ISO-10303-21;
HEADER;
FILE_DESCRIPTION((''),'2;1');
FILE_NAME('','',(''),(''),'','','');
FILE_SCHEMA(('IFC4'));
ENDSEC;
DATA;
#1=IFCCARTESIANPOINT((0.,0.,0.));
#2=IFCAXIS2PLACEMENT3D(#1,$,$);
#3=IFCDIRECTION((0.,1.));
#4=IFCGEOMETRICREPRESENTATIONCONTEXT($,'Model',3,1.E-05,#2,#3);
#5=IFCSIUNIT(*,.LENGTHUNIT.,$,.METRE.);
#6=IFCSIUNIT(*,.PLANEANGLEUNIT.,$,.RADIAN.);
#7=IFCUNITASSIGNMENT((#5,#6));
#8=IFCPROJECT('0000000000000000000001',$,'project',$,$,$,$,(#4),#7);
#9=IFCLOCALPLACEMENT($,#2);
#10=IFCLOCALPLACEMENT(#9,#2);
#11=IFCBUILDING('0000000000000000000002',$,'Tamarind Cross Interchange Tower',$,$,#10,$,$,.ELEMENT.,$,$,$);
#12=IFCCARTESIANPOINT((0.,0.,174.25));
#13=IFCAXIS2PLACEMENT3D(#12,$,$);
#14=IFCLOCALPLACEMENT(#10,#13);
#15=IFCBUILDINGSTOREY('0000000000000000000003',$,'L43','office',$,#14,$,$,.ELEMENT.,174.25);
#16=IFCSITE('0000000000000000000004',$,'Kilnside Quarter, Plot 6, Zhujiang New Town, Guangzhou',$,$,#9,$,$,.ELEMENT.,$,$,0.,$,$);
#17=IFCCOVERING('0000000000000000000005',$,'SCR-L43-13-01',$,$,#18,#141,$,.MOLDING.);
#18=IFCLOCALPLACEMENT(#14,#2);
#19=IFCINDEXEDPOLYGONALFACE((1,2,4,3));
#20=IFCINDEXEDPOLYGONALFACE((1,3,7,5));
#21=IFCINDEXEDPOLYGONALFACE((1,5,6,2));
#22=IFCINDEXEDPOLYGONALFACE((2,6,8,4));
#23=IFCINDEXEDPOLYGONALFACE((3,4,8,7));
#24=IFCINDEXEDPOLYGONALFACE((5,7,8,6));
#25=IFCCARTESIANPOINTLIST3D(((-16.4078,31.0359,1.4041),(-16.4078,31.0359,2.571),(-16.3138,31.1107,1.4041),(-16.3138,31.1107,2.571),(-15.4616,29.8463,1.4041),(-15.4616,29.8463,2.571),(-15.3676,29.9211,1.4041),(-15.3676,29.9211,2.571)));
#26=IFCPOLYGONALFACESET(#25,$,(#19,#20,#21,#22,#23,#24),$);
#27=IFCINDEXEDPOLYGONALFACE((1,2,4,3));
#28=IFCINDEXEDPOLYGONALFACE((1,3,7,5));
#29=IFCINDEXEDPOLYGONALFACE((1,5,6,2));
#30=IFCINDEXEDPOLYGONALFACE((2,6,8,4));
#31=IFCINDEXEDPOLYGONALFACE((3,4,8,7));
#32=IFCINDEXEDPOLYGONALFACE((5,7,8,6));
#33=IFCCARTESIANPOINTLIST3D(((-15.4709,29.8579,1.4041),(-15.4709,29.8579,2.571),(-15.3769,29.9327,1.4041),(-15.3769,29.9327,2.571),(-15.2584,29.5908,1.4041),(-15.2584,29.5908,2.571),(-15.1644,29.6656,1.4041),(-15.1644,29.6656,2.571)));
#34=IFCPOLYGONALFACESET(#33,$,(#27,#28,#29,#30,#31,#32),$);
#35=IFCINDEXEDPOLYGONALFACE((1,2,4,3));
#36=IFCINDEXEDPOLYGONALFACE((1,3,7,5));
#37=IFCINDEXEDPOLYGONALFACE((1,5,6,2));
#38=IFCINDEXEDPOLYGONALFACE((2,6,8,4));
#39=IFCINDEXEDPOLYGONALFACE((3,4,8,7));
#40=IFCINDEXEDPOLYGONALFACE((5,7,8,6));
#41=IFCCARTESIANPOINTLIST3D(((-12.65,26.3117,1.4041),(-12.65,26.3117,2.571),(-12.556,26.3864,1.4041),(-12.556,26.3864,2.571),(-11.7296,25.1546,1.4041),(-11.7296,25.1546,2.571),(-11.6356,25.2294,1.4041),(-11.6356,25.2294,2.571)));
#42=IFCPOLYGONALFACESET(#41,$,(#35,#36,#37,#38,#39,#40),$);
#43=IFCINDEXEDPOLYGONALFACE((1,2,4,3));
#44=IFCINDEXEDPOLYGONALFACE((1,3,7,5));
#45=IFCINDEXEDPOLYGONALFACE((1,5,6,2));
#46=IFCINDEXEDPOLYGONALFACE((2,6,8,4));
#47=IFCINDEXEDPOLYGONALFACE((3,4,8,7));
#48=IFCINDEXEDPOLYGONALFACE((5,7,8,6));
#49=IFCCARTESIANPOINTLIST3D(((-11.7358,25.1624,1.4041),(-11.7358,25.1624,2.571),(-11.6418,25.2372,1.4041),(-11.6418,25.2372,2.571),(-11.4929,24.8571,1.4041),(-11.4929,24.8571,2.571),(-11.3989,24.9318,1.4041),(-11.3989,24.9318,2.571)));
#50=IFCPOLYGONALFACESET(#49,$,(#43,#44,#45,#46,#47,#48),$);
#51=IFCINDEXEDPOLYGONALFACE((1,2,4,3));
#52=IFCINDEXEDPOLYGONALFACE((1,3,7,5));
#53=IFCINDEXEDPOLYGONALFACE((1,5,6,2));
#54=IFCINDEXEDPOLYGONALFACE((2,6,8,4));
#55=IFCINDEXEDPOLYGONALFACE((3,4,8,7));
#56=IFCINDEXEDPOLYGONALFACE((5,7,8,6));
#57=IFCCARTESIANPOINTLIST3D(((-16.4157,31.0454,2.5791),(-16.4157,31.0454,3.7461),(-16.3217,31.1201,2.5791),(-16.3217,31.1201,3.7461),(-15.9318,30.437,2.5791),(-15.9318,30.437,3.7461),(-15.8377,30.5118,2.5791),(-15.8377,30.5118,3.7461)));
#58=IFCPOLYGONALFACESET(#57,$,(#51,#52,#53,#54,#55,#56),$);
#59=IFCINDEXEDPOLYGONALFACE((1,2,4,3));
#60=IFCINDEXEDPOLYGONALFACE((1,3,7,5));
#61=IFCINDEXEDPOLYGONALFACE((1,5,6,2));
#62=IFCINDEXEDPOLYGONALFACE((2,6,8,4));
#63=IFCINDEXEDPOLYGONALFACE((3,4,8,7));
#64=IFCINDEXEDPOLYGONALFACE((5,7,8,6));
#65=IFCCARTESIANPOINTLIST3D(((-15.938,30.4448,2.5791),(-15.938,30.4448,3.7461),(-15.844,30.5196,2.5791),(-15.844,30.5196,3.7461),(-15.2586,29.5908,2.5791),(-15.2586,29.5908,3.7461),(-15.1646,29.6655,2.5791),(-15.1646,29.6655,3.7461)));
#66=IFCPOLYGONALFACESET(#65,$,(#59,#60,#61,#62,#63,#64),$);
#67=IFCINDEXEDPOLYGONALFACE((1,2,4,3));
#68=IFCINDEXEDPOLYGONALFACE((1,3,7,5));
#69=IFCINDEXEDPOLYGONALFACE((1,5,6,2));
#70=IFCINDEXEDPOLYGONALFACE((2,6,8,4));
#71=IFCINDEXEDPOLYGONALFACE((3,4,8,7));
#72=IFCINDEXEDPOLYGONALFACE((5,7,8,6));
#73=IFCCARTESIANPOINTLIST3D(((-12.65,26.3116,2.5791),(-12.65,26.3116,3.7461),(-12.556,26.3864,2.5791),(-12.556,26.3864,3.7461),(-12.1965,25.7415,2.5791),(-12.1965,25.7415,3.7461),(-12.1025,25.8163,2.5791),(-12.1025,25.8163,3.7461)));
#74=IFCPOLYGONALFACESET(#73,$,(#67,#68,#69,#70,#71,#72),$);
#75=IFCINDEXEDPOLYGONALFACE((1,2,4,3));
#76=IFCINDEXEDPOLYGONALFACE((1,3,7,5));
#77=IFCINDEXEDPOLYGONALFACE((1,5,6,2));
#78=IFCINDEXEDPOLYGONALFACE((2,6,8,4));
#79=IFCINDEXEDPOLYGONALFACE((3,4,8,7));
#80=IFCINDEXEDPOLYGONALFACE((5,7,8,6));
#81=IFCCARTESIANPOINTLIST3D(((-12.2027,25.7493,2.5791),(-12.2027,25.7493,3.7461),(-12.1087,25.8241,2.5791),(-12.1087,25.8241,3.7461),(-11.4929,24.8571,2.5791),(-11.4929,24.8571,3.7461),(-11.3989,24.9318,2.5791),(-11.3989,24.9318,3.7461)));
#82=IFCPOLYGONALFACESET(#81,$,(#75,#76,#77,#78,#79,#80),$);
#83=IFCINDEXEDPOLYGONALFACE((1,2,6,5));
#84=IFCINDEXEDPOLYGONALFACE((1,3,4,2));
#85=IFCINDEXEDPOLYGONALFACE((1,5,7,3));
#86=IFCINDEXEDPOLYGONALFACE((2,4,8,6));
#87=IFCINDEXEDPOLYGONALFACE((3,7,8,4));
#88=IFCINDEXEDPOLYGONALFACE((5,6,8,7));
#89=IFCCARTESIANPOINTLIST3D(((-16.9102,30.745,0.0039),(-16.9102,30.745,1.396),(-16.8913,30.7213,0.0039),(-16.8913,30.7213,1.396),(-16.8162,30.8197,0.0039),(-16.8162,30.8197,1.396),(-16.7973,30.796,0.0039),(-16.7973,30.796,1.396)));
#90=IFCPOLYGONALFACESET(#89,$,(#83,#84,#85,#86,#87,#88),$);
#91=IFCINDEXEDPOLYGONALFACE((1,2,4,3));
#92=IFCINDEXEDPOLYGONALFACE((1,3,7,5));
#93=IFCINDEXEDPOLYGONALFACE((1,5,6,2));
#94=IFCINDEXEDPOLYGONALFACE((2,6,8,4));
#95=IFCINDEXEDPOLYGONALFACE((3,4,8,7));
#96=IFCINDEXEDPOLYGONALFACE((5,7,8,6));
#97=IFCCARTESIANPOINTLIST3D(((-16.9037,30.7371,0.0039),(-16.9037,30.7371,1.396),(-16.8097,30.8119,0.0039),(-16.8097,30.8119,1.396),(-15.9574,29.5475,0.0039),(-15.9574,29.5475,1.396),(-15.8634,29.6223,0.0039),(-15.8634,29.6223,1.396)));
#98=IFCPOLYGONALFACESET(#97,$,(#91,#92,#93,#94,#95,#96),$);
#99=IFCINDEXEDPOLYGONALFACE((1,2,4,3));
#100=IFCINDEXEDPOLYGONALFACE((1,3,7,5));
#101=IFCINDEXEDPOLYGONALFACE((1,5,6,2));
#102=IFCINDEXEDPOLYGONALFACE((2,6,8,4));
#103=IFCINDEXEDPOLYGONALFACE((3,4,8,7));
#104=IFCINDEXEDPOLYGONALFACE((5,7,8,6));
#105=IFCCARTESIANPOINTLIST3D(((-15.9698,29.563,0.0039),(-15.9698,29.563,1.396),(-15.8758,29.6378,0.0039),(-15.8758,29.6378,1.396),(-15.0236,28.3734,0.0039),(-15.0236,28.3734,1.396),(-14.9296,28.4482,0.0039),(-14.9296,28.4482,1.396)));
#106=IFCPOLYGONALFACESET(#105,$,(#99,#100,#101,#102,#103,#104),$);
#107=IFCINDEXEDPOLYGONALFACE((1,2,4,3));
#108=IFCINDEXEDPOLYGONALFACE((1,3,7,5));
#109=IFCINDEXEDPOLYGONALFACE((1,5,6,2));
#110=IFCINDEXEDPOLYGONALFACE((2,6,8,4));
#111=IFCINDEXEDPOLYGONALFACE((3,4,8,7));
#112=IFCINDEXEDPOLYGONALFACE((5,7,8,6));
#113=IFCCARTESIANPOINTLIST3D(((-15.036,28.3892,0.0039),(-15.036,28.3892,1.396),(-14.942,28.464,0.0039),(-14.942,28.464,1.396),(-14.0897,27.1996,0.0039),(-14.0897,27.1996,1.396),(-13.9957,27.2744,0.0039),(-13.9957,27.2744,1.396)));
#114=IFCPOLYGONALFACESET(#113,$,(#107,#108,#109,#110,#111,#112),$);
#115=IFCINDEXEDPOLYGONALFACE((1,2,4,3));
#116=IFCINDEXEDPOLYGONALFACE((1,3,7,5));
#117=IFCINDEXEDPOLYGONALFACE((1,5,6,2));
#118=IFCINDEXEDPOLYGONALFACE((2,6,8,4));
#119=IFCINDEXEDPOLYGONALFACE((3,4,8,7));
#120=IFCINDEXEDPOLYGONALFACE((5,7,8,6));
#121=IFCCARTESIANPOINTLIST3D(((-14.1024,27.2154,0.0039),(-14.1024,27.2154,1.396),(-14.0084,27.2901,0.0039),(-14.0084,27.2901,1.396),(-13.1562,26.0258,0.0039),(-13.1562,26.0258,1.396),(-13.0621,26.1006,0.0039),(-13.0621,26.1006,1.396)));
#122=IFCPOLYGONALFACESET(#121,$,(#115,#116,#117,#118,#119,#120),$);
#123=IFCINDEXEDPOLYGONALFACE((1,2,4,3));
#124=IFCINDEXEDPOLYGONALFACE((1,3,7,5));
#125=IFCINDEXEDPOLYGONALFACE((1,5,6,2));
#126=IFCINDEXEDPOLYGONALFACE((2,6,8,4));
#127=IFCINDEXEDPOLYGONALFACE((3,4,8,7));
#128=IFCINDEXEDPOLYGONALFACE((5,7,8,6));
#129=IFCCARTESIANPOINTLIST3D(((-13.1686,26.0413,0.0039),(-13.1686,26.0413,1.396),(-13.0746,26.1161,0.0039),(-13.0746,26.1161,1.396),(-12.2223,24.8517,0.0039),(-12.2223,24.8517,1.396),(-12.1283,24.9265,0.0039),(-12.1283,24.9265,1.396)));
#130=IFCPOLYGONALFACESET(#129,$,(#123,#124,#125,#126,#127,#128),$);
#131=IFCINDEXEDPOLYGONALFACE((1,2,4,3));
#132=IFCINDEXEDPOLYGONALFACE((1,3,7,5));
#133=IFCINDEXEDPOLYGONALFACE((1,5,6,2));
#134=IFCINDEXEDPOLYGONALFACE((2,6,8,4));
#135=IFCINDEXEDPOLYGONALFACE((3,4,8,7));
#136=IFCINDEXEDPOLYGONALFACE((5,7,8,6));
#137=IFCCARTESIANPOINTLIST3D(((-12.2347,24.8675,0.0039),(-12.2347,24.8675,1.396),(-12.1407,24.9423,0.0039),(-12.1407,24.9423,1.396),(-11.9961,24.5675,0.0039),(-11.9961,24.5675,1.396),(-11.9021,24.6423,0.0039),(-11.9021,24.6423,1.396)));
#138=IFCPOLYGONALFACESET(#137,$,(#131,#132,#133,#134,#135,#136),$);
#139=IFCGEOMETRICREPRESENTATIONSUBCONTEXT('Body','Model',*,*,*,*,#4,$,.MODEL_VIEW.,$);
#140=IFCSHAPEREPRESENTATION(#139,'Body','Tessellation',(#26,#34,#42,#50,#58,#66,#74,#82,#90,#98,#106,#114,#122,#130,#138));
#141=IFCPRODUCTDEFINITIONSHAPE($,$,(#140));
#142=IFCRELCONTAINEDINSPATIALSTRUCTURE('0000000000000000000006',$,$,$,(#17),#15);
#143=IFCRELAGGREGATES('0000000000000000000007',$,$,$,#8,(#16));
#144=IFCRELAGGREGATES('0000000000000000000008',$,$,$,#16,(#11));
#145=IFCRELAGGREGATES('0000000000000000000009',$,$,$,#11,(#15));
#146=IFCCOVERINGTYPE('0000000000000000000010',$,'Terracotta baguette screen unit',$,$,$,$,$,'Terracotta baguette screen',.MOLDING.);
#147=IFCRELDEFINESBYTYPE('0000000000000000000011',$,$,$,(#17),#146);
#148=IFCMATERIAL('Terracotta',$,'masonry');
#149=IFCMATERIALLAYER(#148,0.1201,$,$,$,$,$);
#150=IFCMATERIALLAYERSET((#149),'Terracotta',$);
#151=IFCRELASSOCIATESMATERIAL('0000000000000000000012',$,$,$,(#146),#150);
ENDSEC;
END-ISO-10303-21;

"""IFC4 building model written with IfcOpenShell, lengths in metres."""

from ifc_helpers import new_model, si_unit, direction, frame, origin, origin_2d, place, context, subcontext, project, spatial, rectangle, extrude, material, layer, layer_set, type_object, element, save


model = new_model("IFC4")

# Units and contexts
model_context = context("Model", 3, precision=1e-05, world=origin(), true_north=direction((0.0, 1.0)))
body_context = subcontext(model_context, "Body", "Model", "MODEL_VIEW")
ifc_project = project(units=[si_unit("LENGTHUNIT", "METRE"), si_unit("PLANEANGLEUNIT", "RADIAN")], contexts=[model_context])

# Site, building, storey
site_placement = place(None, origin())
site = spatial("IfcSite", under=ifc_project, at=site_placement, Name="Kilnside Quarter, Plot 6, Zhujiang New Town, Guangzhou", CompositionType="ELEMENT", RefElevation=0.0)
building_placement = place(site_placement, origin())
building = spatial("IfcBuilding", under=site, at=building_placement, Name="Tamarind Cross Interchange Tower", CompositionType="ELEMENT")
storey_placement = place(building_placement, frame((0.0, 0.0, 174.25)))
storey = spatial("IfcBuildingStorey", under=building, at=storey_placement, Name="L43", Description="office", CompositionType="ELEMENT", Elevation=174.25)

# Covering
ifc_material_1 = material(Name="Terracotta", Category="masonry")
ifc_layer_1 = layer(ifc_material_1, 0.1201)
ifc_layer_set_1 = layer_set([ifc_layer_1], Name="Terracotta")
covering_type = type_object("IfcCoveringType", Name="Terracotta baguette screen unit", ElementType="Terracotta baguette screen", PredefinedType="MOLDING", material=ifc_layer_set_1)
covering_1_placement = place(storey_placement, origin())
element("IfcCovering", 1, at=covering_1_placement, inside=storey, type_object=covering_type, Name="SCR-L43-13-01", PredefinedType="MOLDING", context=body_context, shape_type="SweptSolid", body=[
    extrude(rectangle(XDim=1.52, YDim=0.1201, at=origin_2d()), frame((-15.8877, 30.4785, 1.4041), z_axis=(0.0, 0.0, 1.0), x_axis=(0.622525, -0.7826, 0.0)), (0.0, 0.0, 1.0), 1.167),
    extrude(rectangle(XDim=0.3413, YDim=0.1201, at=origin_2d()), frame((-15.3176, 29.7617, 1.4041), z_axis=(0.0, 0.0, 1.0), x_axis=(0.622525, -0.7826, 0.0)), (0.0, 0.0, 1.0), 1.167),
    extrude(rectangle(XDim=1.4785, YDim=0.1201, at=origin_2d()), frame((-12.1428, 25.7705, 1.4041), z_axis=(0.0, 0.0, 1.0), x_axis=(0.622525, -0.7826, 0.0)), (0.0, 0.0, 1.0), 1.167),
    extrude(rectangle(XDim=0.3901, YDim=0.1201, at=origin_2d()), frame((-11.5674, 25.0471, 1.4041), z_axis=(0.0, 0.0, 1.0), x_axis=(0.622525, -0.7826, 0.0)), (0.0, 0.0, 1.0), 1.167),
    extrude(rectangle(XDim=0.7773, YDim=0.1201, at=origin_2d()), frame((-16.1267, 30.7786, 2.5791), z_axis=(0.0, 0.0, 1.0), x_axis=(0.622525, -0.7826, 0.0)), (0.0, 0.0, 1.0), 1.167),
    extrude(rectangle(XDim=1.0913, YDim=0.1201, at=origin_2d()), frame((-15.5513, 30.0552, 2.5791), z_axis=(0.0, 0.0, 1.0), x_axis=(0.622525, -0.7826, 0.0)), (0.0, 0.0, 1.0), 1.167),
    extrude(rectangle(XDim=0.7285, YDim=0.1201, at=origin_2d()), frame((-12.3762, 26.064, 2.5791), z_axis=(0.0, 0.0, 1.0), x_axis=(0.622525, -0.7826, 0.0)), (0.0, 0.0, 1.0), 1.167),
    extrude(rectangle(XDim=1.1401, YDim=0.1201, at=origin_2d()), frame((-11.8008, 25.3406, 2.5791), z_axis=(0.0, 0.0, 1.0), x_axis=(0.622525, -0.7826, 0.0)), (0.0, 0.0, 1.0), 1.167),
    extrude(rectangle(XDim=0.0303, YDim=0.1201, at=origin_2d()), frame((-16.8538, 30.7705, 0.0039), z_axis=(0.0, 0.0, 1.0), x_axis=(0.622525, -0.7826, 0.0)), (0.0, 0.0, 1.0), 1.3921),
    extrude(rectangle(XDim=1.52, YDim=0.1201, at=origin_2d()), frame((-16.3835, 30.1797, 0.0039), z_axis=(0.0, 0.0, 1.0), x_axis=(0.622525, -0.7826, 0.0)), (0.0, 0.0, 1.0), 1.3921),
    extrude(rectangle(XDim=1.52, YDim=0.1201, at=origin_2d()), frame((-15.4497, 29.0056, 0.0039), z_axis=(0.0, 0.0, 1.0), x_axis=(0.622525, -0.7826, 0.0)), (0.0, 0.0, 1.0), 1.3921),
    extrude(rectangle(XDim=1.52, YDim=0.1201, at=origin_2d()), frame((-14.5159, 27.8318, 0.0039), z_axis=(0.0, 0.0, 1.0), x_axis=(0.622525, -0.7826, 0.0)), (0.0, 0.0, 1.0), 1.3921),
    extrude(rectangle(XDim=1.52, YDim=0.1201, at=origin_2d()), frame((-13.5823, 26.658, 0.0039), z_axis=(0.0, 0.0, 1.0), x_axis=(0.622525, -0.7826, 0.0)), (0.0, 0.0, 1.0), 1.3921),
    extrude(rectangle(XDim=1.52, YDim=0.1201, at=origin_2d()), frame((-12.6484, 25.4839, 0.0039), z_axis=(0.0, 0.0, 1.0), x_axis=(0.622525, -0.7826, 0.0)), (0.0, 0.0, 1.0), 1.3921),
    extrude(rectangle(XDim=0.3833, YDim=0.1201, at=origin_2d()), frame((-12.0684, 24.7549, 0.0039), z_axis=(0.0, 0.0, 1.0), x_axis=(0.622525, -0.7826, 0.0)), (0.0, 0.0, 1.0), 1.3921),
])

save(model, "model.ifc")
